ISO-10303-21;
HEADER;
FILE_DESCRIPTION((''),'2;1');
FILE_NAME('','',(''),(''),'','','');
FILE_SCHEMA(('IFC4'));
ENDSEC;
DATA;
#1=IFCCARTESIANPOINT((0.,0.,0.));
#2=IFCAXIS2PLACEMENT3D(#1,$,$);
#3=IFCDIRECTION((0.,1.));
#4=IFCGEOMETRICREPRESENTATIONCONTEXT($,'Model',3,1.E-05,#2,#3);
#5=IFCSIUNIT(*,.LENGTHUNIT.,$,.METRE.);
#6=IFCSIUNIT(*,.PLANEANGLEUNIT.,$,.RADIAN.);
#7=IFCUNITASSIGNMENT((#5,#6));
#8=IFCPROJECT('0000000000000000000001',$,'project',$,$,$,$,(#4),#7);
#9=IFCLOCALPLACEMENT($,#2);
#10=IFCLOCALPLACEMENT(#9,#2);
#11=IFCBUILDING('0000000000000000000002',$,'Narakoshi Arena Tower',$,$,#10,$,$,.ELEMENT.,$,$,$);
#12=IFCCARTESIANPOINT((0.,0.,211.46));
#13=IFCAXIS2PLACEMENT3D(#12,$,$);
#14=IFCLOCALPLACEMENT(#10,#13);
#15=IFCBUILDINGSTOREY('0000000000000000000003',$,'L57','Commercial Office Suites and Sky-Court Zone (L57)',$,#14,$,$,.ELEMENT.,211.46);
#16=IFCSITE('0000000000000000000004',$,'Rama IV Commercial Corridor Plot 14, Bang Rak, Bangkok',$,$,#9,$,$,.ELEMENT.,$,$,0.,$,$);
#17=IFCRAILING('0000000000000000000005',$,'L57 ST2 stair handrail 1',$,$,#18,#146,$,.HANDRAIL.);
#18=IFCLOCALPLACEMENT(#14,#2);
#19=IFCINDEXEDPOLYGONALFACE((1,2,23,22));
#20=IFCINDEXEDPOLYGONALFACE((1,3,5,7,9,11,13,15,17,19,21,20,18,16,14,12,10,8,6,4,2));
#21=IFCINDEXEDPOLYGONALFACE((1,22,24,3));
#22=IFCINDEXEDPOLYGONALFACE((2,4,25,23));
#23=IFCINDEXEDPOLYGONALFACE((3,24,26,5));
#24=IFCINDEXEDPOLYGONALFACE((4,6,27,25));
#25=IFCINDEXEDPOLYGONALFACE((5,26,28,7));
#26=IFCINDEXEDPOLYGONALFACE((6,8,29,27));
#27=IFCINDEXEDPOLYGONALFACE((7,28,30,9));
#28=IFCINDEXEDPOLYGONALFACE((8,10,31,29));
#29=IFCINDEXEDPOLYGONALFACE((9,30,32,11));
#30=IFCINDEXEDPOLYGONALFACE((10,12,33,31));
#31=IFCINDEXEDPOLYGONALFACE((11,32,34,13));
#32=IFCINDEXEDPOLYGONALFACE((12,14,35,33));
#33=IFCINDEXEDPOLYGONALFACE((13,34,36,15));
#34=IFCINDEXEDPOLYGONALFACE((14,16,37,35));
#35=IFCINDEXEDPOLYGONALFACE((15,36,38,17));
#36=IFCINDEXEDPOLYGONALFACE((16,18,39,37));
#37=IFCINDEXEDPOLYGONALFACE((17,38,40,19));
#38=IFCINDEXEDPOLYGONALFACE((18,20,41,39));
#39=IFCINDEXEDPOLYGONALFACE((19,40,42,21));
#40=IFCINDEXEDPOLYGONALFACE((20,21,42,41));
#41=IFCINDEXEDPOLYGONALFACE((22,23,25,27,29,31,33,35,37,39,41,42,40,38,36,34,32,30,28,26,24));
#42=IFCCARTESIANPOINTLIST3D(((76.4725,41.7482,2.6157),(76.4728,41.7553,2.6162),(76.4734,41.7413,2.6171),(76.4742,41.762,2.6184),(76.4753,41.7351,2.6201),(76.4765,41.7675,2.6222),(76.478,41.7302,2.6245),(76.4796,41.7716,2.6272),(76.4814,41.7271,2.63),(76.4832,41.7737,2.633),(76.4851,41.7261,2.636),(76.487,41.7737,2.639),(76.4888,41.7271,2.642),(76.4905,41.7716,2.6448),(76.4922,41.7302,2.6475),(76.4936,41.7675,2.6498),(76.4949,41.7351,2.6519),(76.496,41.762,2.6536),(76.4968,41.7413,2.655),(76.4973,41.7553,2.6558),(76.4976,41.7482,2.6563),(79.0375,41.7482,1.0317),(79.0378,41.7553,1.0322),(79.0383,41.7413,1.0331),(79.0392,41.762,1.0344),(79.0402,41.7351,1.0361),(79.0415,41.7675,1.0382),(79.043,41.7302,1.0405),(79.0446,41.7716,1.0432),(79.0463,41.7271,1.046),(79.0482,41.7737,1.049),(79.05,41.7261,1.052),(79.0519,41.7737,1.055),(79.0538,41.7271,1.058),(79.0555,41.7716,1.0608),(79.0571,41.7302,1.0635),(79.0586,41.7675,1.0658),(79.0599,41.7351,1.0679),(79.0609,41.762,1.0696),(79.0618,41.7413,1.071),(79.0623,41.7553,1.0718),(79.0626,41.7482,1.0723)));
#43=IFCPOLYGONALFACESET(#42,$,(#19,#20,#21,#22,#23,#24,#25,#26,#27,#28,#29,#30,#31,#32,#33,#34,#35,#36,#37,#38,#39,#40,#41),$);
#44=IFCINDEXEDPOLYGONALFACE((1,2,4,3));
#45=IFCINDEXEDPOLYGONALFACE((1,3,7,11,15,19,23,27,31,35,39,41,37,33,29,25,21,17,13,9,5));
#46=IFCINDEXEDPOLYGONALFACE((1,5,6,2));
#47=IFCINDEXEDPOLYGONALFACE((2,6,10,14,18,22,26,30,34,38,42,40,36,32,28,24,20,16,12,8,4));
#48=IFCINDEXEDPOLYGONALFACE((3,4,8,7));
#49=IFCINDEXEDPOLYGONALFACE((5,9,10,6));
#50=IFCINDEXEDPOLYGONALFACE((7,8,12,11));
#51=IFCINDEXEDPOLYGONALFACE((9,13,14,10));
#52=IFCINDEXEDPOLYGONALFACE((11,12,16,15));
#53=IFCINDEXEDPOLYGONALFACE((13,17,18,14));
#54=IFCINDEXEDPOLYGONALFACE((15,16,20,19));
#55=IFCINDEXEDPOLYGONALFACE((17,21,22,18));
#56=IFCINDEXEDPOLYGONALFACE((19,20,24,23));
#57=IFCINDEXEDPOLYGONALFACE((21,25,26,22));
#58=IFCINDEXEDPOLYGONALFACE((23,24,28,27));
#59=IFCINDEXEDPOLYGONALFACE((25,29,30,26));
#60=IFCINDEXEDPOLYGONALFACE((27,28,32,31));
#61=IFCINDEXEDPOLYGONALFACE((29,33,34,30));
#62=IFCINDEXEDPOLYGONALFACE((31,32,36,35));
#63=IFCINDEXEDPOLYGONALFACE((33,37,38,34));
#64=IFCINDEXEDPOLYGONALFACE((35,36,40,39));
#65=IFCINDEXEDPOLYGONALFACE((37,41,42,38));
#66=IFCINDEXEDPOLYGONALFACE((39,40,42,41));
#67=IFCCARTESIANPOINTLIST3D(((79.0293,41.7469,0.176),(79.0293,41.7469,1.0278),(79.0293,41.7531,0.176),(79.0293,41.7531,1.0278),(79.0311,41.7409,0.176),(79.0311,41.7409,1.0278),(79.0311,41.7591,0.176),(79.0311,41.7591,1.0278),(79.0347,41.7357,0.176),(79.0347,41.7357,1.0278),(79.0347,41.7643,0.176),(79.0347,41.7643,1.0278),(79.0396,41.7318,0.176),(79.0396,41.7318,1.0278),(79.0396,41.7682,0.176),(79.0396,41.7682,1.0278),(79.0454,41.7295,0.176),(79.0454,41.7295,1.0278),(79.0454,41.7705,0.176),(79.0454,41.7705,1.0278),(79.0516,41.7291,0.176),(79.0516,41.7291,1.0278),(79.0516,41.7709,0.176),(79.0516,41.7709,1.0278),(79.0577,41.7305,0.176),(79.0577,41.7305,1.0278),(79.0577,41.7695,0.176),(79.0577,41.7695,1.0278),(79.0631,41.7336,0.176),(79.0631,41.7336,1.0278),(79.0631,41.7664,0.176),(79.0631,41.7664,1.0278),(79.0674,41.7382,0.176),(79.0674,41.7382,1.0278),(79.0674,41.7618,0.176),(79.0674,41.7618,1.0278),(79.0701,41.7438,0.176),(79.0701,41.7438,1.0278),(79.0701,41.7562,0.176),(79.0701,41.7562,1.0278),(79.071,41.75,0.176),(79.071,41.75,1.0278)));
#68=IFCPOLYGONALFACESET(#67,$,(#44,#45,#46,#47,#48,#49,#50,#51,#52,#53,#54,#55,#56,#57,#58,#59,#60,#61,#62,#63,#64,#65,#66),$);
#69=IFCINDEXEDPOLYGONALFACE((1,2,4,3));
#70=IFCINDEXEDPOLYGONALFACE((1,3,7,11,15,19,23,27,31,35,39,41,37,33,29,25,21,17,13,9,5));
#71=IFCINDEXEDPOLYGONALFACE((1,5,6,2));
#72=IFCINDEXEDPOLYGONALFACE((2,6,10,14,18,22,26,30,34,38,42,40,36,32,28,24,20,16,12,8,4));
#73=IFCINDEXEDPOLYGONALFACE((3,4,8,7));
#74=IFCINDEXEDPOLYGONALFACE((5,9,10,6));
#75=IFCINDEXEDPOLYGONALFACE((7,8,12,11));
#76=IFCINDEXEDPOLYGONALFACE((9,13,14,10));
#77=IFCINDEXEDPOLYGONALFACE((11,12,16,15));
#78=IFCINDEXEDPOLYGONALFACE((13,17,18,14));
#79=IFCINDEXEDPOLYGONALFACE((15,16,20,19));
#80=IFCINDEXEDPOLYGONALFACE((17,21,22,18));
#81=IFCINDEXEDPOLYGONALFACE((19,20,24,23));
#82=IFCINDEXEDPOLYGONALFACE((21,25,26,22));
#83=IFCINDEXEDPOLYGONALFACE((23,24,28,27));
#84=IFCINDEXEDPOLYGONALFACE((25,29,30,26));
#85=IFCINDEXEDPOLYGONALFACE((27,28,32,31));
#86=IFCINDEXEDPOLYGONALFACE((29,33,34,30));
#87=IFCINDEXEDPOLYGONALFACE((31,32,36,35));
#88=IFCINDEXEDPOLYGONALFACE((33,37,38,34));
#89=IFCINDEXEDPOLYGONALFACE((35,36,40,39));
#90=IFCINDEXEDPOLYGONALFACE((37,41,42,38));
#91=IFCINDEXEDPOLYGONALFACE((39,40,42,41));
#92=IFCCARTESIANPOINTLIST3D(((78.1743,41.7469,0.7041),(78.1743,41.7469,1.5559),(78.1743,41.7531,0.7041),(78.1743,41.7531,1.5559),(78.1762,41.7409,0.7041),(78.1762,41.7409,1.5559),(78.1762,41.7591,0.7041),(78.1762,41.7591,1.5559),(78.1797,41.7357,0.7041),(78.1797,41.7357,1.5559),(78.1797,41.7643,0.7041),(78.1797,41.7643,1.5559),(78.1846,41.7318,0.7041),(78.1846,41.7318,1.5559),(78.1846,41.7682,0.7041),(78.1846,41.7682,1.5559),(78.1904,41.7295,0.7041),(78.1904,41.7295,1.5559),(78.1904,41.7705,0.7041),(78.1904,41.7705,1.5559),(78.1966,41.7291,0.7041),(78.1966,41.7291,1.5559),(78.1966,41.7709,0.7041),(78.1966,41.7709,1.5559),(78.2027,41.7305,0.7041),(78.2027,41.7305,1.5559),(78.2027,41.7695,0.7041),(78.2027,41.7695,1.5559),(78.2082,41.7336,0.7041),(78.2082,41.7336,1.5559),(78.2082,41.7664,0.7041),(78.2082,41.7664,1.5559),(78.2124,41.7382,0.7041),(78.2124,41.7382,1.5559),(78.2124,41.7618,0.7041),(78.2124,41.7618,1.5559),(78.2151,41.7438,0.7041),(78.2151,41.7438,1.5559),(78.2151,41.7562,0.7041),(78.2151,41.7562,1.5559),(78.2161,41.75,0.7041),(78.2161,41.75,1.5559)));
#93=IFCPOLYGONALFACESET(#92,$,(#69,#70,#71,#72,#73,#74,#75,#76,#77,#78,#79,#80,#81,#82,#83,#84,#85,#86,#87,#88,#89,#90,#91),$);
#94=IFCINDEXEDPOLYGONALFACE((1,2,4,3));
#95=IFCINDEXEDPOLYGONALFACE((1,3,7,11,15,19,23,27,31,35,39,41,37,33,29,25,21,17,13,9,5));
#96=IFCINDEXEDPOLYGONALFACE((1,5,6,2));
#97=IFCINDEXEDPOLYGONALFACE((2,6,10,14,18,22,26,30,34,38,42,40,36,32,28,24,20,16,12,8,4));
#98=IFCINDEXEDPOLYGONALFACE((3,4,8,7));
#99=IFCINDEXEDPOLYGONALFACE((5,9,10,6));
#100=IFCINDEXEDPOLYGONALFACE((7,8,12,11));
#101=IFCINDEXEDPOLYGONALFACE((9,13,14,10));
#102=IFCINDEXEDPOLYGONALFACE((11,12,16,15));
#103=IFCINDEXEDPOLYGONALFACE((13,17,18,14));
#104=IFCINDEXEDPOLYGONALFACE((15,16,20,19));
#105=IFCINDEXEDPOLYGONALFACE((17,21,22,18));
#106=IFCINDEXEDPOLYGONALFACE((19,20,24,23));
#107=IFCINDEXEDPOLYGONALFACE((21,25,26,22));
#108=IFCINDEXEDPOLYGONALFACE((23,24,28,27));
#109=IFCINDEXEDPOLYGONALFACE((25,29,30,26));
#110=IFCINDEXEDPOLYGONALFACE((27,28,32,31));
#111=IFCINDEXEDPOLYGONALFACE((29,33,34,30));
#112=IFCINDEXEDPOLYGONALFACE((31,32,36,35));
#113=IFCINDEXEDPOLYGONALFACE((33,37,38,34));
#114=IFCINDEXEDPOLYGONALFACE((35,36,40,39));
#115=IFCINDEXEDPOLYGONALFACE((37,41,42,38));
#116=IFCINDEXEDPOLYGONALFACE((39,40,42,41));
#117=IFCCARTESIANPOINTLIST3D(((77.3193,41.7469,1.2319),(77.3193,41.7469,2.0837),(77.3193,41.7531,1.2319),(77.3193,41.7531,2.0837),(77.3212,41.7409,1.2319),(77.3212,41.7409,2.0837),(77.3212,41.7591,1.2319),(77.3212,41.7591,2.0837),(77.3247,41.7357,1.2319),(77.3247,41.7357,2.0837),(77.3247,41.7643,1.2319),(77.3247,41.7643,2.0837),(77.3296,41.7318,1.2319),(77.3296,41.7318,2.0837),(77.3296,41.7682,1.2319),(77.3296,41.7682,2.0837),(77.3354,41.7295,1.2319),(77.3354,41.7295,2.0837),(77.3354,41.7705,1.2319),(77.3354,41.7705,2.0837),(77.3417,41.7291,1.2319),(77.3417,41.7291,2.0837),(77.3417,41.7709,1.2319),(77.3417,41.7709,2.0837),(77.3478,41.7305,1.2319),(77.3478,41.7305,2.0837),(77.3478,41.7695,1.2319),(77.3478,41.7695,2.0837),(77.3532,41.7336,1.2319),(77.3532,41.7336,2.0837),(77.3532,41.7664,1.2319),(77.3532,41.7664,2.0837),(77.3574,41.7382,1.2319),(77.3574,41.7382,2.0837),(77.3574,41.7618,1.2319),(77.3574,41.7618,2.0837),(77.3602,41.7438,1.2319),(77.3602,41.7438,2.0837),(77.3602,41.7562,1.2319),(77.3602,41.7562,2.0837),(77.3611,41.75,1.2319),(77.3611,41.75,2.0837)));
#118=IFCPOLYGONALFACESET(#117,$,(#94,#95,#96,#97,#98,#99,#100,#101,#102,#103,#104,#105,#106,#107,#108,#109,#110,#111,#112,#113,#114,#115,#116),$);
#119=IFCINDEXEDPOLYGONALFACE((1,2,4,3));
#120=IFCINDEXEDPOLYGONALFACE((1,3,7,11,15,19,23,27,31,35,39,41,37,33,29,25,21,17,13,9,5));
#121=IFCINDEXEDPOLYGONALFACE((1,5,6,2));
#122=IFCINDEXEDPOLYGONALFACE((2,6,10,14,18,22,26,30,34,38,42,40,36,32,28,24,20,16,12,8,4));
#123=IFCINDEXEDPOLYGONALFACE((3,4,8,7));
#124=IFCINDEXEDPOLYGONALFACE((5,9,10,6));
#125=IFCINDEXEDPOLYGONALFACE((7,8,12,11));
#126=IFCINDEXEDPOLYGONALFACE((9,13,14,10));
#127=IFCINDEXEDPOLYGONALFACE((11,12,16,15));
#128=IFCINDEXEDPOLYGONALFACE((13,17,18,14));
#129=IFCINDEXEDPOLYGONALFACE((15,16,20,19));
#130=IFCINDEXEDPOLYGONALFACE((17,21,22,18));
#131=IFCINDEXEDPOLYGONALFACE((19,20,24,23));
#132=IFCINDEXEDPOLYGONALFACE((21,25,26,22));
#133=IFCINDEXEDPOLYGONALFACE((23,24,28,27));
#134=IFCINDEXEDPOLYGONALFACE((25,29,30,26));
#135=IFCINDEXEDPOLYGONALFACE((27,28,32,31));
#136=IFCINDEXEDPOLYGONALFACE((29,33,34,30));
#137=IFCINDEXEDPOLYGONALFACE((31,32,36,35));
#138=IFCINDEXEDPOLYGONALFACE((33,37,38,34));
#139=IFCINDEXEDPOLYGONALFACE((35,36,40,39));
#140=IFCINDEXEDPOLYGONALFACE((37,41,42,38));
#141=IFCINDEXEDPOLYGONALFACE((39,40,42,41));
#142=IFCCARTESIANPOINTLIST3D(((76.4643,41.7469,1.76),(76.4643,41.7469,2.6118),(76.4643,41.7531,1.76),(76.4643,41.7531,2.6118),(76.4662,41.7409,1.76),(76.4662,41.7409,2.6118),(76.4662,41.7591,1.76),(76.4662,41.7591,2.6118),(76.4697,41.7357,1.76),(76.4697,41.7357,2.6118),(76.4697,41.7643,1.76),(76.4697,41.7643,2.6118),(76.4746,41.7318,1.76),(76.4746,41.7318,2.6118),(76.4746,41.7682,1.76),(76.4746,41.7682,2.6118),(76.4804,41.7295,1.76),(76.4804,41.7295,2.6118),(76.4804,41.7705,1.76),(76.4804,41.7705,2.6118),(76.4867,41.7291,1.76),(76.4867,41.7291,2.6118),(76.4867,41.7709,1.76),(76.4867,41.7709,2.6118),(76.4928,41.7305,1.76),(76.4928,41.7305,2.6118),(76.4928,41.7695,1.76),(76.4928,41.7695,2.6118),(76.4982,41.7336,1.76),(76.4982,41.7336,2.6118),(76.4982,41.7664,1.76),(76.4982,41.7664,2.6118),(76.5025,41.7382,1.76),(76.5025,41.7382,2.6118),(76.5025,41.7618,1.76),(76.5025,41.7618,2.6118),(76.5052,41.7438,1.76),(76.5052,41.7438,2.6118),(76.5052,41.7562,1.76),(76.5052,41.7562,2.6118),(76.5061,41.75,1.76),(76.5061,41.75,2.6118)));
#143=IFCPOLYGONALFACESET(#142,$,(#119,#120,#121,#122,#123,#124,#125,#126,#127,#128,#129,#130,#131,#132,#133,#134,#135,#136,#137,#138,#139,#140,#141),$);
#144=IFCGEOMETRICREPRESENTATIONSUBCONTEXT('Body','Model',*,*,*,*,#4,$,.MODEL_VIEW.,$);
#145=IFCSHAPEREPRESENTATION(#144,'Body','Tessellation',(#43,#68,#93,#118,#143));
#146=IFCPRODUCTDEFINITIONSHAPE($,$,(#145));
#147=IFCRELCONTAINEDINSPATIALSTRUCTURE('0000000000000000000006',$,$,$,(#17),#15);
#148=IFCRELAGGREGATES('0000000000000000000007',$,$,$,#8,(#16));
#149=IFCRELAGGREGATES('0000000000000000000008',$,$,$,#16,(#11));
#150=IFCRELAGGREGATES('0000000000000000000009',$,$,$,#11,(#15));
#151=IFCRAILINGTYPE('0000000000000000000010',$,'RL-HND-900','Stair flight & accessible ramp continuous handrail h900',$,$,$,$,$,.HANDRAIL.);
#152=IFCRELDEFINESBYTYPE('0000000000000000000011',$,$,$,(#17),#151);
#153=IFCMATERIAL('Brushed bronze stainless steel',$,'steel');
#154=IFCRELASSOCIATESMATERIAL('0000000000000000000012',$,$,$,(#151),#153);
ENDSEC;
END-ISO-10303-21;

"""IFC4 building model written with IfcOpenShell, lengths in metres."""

from ifc_helpers import new_model, si_unit, direction, frame, origin, origin_2d, place, context, subcontext, project, spatial, circle, extrude, material, type_object, element, save


model = new_model("IFC4")

# Units and contexts
model_context = context("Model", 3, precision=1e-05, world=origin(), true_north=direction((0.0, 1.0)))
body_context = subcontext(model_context, "Body", "Model", "MODEL_VIEW")
ifc_project = project(units=[si_unit("LENGTHUNIT", "METRE"), si_unit("PLANEANGLEUNIT", "RADIAN")], contexts=[model_context])

# Site, building, storey
site_placement = place(None, origin())
site = spatial("IfcSite", under=ifc_project, at=site_placement, Name="Rama IV Commercial Corridor Plot 14, Bang Rak, Bangkok", CompositionType="ELEMENT", RefElevation=0.0)
building_placement = place(site_placement, origin())
building = spatial("IfcBuilding", under=site, at=building_placement, Name="Narakoshi Arena Tower", CompositionType="ELEMENT")
storey_placement = place(building_placement, frame((0.0, 0.0, 211.46)))
storey = spatial("IfcBuildingStorey", under=building, at=storey_placement, Name="L57", Description="Commercial Office Suites and Sky-Court Zone (L57)", CompositionType="ELEMENT", Elevation=211.46)

# Railing
ifc_material_1 = material(Name="Brushed bronze stainless steel", Category="steel")
railing_type_1 = type_object("IfcRailingType", Name="RL-HND-900", Description="Stair flight & accessible ramp continuous handrail h900", PredefinedType="HANDRAIL", material=ifc_material_1)
railing_1_placement = place(storey_placement, frame((79.05, 41.75, 0.176)))
element("IfcRailing", 1, at=railing_1_placement, inside=storey, type_object=railing_type_1, Name="L57 ST2 stair handrail 1", PredefinedType="HANDRAIL", context=body_context, shape_type="SweptSolid", body=[
    extrude(circle(Radius=0.0239, at=origin_2d()), frame((0.0, 0.0, 0.876), z_axis=(-0.850834, 0.0, 0.525434), x_axis=(0.0, -1.0, 0.0)), (0.0, 0.0, 1.0), 3.0146),
    extrude(circle(Radius=0.021, at=origin_2d()), origin(), (0.0, 0.0, 1.0), 0.8518),
    extrude(circle(Radius=0.021, at=origin_2d()), frame((-0.855, 0.0, 0.5281)), (0.0, 0.0, 1.0), 0.8518),
    extrude(circle(Radius=0.021, at=origin_2d()), frame((-1.71, 0.0, 1.0559)), (0.0, 0.0, 1.0), 0.8518),
    extrude(circle(Radius=0.021, at=origin_2d()), frame((-2.5649, 0.0, 1.584)), (0.0, 0.0, 1.0), 0.8518),
])

save(model, "model.ifc")
